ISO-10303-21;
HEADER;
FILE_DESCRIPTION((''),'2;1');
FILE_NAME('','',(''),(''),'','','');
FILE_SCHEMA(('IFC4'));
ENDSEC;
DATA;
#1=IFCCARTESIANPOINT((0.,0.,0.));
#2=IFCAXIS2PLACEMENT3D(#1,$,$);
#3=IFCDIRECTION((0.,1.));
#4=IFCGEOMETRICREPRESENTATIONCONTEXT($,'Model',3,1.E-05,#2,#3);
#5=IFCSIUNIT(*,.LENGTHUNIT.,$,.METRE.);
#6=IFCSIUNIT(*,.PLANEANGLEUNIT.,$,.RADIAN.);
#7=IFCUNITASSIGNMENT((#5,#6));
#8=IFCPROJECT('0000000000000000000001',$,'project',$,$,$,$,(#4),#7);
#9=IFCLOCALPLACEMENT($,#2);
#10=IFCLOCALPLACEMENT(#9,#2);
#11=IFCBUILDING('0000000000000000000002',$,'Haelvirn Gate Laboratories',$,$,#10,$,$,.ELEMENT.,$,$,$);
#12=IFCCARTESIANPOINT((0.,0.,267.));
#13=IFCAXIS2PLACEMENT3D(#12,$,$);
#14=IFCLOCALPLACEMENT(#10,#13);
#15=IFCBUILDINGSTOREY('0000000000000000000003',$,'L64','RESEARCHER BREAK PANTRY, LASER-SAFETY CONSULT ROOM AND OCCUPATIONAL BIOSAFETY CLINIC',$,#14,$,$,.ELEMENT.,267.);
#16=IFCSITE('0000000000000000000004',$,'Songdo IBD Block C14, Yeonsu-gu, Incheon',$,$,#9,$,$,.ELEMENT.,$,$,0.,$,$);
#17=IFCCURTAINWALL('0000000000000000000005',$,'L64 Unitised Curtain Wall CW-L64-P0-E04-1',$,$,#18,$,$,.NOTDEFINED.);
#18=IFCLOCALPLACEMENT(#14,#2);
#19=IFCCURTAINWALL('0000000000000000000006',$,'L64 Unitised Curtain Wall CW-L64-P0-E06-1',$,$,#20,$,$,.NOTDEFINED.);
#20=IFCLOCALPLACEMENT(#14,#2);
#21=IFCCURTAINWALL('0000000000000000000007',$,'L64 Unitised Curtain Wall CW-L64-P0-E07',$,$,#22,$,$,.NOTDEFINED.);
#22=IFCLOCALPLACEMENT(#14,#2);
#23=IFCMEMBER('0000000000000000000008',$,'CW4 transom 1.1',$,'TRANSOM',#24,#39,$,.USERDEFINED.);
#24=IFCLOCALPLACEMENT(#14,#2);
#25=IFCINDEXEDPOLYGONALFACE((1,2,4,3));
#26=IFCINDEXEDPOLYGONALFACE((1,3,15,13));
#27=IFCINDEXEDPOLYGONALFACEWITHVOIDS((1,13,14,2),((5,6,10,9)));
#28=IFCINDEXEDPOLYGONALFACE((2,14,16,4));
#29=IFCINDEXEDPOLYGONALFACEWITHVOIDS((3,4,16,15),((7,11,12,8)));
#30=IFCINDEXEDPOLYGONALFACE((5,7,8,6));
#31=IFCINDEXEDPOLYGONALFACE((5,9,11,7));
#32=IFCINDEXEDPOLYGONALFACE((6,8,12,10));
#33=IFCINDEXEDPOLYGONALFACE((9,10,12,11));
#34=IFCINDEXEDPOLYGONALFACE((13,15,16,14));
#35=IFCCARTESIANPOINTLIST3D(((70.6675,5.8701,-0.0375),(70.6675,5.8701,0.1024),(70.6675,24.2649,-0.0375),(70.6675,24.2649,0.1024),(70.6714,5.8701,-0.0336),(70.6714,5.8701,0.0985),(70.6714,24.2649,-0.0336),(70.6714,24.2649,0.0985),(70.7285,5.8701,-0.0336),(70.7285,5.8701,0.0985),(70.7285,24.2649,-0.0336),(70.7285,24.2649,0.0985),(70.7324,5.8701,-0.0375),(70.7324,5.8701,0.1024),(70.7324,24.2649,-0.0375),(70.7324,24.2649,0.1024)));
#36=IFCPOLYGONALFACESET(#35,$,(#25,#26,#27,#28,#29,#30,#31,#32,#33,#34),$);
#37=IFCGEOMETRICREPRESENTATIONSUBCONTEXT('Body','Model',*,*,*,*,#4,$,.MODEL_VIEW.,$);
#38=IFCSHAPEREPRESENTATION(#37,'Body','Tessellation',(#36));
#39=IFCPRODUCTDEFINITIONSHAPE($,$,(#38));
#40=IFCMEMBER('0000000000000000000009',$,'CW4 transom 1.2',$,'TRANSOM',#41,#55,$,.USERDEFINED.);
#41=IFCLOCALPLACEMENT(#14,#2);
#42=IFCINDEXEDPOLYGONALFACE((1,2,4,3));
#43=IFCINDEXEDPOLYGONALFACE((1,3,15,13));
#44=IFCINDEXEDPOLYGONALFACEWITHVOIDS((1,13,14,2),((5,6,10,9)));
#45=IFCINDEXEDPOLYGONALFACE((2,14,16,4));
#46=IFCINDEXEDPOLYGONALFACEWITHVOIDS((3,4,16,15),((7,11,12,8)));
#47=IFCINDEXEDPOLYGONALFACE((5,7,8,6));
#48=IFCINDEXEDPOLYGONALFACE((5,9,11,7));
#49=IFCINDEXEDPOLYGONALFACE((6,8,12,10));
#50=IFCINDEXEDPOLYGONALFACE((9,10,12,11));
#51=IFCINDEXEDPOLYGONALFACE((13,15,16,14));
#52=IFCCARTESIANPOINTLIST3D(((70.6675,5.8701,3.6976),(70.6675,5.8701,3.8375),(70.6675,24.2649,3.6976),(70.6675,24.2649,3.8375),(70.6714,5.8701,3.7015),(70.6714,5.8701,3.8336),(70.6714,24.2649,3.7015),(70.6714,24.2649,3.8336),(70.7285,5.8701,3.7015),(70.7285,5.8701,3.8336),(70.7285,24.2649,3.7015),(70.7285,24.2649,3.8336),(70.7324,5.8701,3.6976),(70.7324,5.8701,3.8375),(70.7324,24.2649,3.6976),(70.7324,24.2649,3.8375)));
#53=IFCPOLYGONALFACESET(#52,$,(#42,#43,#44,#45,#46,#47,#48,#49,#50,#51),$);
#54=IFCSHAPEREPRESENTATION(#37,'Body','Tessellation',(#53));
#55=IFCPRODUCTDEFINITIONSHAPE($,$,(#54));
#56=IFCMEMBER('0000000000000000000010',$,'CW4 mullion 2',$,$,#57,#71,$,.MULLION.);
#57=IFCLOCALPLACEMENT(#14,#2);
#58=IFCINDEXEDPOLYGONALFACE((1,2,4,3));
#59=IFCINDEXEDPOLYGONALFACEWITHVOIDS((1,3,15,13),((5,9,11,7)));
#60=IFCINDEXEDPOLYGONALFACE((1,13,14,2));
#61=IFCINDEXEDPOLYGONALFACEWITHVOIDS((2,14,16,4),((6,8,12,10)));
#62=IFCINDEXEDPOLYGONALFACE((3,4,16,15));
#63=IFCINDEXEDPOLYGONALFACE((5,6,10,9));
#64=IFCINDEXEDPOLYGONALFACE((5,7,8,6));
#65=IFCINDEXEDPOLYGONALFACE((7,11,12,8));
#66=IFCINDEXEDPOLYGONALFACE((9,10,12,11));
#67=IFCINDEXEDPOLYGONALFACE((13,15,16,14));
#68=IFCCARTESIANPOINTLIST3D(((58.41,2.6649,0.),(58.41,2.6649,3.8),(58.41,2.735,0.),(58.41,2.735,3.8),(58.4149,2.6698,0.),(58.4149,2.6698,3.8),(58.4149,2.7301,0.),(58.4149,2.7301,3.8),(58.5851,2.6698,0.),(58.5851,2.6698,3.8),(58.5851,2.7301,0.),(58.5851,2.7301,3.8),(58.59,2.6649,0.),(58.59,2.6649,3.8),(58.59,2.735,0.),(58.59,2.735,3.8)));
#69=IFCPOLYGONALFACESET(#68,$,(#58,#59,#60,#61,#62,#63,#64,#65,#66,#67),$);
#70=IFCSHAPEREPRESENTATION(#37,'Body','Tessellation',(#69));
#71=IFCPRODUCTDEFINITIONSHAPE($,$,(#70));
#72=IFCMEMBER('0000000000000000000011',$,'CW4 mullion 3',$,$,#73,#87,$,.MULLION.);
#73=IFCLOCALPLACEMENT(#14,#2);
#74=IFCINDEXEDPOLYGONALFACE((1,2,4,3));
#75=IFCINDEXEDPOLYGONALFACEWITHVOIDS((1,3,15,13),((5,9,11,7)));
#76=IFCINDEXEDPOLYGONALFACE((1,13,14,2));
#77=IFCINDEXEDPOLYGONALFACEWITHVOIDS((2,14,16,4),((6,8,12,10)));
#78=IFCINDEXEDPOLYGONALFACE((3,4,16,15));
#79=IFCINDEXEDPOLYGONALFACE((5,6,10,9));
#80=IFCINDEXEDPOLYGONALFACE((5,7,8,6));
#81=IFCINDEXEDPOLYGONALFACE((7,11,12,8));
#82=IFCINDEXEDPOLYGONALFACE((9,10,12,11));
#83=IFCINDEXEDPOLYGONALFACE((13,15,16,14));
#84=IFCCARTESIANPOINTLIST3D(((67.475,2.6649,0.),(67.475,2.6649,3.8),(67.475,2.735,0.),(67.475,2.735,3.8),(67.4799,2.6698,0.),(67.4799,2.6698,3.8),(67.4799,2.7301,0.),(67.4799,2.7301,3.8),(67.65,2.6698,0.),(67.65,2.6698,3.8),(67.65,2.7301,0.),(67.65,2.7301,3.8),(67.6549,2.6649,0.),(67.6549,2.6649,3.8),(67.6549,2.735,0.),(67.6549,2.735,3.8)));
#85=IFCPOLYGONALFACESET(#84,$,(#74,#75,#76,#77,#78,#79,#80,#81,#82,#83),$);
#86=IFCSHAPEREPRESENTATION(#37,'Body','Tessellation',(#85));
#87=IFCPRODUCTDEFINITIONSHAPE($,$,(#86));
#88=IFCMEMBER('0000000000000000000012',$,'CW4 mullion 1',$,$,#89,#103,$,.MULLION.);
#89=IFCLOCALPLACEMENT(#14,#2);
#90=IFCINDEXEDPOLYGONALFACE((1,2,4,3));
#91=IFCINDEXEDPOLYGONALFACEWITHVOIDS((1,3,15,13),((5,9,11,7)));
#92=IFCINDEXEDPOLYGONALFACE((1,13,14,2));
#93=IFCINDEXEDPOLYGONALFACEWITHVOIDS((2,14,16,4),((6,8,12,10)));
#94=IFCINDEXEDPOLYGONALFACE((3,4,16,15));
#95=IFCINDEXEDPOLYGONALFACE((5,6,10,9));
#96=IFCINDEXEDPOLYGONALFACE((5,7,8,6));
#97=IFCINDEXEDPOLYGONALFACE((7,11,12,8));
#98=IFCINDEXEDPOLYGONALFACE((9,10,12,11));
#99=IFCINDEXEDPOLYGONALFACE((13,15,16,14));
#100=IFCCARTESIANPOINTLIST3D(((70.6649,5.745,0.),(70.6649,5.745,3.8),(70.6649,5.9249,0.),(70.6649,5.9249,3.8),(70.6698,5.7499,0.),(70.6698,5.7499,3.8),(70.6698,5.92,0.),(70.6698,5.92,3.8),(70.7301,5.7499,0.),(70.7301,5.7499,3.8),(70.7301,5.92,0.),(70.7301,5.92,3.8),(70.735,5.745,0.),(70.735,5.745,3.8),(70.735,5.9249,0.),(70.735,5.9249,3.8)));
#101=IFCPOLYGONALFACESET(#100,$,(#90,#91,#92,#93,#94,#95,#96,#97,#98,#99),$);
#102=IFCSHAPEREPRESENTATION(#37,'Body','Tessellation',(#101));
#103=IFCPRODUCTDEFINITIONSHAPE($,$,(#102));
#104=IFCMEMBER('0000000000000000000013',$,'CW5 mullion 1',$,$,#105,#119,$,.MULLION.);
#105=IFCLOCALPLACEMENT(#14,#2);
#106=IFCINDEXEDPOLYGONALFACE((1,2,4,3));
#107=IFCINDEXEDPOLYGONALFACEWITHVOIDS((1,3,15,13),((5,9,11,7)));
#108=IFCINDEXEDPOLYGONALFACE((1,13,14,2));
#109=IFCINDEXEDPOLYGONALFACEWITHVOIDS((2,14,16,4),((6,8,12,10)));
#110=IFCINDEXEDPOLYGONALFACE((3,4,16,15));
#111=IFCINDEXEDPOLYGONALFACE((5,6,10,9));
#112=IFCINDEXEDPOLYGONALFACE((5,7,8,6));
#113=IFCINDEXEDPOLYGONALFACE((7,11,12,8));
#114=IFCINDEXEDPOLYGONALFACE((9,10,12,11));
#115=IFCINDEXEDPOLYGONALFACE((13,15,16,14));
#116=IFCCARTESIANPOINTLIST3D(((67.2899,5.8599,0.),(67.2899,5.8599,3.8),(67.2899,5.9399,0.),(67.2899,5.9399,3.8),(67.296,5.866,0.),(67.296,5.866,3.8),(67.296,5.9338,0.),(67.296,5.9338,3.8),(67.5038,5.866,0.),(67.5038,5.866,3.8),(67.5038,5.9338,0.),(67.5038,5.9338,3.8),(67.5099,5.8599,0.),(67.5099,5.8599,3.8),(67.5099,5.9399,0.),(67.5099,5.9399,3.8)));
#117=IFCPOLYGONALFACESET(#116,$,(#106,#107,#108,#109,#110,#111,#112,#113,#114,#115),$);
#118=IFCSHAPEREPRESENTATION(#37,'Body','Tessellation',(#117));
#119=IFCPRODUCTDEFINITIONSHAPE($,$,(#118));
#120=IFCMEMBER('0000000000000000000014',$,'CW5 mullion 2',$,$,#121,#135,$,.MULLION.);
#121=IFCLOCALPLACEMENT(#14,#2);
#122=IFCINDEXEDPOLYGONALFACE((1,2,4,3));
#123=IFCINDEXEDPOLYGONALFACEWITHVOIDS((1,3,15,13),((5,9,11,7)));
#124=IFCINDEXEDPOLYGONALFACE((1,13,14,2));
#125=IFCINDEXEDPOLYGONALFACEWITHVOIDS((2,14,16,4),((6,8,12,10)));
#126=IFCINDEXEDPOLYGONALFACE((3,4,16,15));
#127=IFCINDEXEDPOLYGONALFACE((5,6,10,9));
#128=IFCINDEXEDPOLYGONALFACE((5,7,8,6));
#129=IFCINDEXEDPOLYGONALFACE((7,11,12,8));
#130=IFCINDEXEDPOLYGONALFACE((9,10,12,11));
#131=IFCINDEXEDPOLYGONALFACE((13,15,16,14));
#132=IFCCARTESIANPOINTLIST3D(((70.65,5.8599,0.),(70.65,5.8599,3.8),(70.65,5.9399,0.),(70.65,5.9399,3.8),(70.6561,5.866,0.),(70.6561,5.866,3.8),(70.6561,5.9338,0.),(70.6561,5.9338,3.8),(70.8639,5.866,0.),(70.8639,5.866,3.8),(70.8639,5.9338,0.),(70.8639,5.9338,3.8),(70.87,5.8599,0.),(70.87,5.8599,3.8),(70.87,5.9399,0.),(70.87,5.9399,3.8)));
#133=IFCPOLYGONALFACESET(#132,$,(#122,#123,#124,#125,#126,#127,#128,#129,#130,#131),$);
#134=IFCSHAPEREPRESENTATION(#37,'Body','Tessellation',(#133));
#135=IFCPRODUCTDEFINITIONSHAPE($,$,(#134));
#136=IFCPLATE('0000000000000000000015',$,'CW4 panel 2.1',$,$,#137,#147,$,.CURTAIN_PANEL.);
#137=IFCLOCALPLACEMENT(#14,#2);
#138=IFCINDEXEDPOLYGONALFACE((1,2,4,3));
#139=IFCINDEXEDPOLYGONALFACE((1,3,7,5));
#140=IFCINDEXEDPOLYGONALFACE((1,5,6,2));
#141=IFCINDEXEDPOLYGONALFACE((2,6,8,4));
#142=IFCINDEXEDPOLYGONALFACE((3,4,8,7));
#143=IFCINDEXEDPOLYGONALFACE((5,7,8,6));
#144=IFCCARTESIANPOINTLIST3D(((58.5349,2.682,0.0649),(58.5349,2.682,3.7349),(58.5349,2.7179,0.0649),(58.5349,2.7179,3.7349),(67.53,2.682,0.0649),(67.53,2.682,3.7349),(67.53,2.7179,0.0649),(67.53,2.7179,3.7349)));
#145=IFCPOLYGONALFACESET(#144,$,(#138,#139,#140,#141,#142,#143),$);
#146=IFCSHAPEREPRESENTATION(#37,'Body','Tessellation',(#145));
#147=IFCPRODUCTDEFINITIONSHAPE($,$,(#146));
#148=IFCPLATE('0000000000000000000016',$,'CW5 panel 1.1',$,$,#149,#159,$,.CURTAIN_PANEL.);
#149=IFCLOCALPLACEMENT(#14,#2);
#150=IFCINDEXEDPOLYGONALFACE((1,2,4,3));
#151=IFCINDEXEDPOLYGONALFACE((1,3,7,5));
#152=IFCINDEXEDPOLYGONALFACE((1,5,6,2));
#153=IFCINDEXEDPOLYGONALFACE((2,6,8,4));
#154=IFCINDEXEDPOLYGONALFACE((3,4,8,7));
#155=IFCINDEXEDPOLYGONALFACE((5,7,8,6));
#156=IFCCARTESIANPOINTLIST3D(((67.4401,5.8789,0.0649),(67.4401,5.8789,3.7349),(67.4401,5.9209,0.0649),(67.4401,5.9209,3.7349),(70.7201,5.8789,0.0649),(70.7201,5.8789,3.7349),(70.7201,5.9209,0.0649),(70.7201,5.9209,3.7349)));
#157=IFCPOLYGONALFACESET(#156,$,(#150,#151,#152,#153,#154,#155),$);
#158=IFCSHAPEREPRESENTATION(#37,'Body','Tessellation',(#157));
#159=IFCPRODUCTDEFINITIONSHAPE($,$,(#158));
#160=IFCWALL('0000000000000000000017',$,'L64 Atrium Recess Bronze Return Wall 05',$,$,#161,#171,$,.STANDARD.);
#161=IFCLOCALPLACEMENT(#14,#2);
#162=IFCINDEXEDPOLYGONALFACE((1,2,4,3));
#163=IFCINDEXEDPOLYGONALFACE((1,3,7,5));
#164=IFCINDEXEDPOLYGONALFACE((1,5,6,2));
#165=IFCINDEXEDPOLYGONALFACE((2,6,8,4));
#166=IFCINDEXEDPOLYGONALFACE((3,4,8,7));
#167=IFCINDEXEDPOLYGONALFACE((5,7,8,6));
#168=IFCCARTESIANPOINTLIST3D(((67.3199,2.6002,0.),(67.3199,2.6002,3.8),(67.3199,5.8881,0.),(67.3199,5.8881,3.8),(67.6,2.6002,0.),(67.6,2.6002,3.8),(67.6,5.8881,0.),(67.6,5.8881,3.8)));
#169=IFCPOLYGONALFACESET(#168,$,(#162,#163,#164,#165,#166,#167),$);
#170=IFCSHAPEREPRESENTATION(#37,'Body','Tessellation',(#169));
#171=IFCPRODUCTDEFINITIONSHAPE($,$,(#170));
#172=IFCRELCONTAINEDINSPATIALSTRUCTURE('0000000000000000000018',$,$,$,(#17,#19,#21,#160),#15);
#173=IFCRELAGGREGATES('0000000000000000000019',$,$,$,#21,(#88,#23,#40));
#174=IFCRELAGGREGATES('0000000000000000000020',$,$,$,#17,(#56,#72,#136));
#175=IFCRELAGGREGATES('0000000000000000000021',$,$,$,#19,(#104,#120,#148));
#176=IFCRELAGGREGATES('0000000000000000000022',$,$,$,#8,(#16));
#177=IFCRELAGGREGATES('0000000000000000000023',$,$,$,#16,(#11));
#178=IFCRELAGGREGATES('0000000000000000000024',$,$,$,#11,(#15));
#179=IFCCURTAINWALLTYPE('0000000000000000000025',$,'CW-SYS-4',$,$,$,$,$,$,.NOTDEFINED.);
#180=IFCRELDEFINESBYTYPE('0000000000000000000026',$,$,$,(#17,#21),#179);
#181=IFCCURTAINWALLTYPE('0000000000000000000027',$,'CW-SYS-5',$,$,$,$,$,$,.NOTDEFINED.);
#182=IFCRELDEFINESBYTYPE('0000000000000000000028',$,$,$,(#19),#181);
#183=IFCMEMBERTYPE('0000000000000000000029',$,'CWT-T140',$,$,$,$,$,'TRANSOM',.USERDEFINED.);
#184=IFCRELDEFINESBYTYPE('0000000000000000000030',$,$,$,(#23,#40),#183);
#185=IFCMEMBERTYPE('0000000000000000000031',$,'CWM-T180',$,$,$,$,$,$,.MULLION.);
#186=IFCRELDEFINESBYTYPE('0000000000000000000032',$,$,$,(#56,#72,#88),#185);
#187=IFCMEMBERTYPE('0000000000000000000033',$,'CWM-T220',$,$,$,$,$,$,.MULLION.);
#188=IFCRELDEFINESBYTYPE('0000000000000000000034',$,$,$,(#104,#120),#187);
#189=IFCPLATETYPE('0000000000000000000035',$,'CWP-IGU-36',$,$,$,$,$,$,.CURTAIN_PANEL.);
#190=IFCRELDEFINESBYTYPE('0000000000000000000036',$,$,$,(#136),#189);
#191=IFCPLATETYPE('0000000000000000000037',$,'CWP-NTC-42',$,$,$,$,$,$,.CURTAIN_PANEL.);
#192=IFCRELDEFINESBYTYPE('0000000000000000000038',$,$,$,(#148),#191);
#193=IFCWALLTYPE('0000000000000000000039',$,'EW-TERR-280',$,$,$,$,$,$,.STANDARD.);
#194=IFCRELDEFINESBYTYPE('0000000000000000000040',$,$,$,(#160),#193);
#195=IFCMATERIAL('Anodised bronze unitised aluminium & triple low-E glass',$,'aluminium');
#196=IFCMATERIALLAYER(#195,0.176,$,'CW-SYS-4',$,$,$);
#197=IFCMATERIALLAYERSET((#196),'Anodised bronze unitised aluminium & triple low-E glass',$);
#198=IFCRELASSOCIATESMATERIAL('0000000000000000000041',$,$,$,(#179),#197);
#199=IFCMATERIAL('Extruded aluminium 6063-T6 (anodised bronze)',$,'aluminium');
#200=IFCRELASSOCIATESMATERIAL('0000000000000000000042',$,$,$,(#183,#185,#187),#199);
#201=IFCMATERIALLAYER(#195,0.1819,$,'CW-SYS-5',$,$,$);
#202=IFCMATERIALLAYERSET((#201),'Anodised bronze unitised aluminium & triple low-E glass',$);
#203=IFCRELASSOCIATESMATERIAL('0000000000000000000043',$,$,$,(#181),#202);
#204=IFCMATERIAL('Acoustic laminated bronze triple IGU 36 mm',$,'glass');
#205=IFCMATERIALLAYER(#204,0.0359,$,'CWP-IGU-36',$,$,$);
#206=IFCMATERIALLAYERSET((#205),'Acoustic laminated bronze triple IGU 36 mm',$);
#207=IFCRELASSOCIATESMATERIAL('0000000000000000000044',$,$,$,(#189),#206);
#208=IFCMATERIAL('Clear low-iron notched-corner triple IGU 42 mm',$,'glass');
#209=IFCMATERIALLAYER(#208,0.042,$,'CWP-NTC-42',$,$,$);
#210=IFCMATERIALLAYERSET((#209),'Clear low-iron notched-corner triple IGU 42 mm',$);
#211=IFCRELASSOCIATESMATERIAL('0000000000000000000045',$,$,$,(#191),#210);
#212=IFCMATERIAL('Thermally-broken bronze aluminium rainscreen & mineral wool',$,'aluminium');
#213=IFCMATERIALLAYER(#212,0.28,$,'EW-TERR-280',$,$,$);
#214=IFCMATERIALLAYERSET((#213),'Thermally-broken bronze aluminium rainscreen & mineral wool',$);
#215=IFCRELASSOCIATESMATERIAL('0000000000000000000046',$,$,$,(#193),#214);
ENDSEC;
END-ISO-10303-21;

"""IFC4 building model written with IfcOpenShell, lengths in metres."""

from ifc_helpers import new_model, si_unit, direction, frame, frame_2d, origin, origin_2d, place, context, subcontext, project, spatial, rectangle, hollow_rectangle, extrude, source, transform, mapped, material, layer, layer_set, material_profile, profile_set, type_object, type_shapes, element, aggregate, save


model = new_model("IFC4")

# Units and contexts
model_context = context("Model", 3, precision=1e-05, world=origin(), true_north=direction((0.0, 1.0)))
body_context = subcontext(model_context, "Body", "Model", "MODEL_VIEW")
ifc_project = project(units=[si_unit("LENGTHUNIT", "METRE"), si_unit("PLANEANGLEUNIT", "RADIAN")], contexts=[model_context])

# Site, building, storey
site_placement = place(None, origin())
site = spatial("IfcSite", under=ifc_project, at=site_placement, Name="Songdo IBD Block C14, Yeonsu-gu, Incheon", CompositionType="ELEMENT", RefElevation=0.0)
building_placement = place(site_placement, origin())
building = spatial("IfcBuilding", under=site, at=building_placement, Name="Haelvirn Gate Laboratories", CompositionType="ELEMENT")
storey_placement = place(building_placement, frame((0.0, 0.0, 267.0)))
storey = spatial("IfcBuildingStorey", under=building, at=storey_placement, Name="L64", Description="RESEARCHER BREAK PANTRY, LASER-SAFETY CONSULT ROOM AND OCCUPATIONAL BIOSAFETY CLINIC", CompositionType="ELEMENT", Elevation=267.0)

# Curtain walls, members
ifc_material_1 = material(Name="Anodised bronze unitised aluminium & triple low-E glass", Category="aluminium")
ifc_layer_1 = layer(ifc_material_1, 0.176, Name="CW-SYS-4")
ifc_layer_set_1 = layer_set([ifc_layer_1], Name="Anodised bronze unitised aluminium & triple low-E glass")
curtain_wall_type_1 = type_object("IfcCurtainWallType", Name="CW-SYS-4", PredefinedType="NOTDEFINED", material=ifc_layer_set_1)
curtain_wall_1_placement = place(storey_placement, origin())
curtain_wall_1 = element("IfcCurtainWall", 1, at=curtain_wall_1_placement, inside=storey, type_object=curtain_wall_type_1, Name="L64 Unitised Curtain Wall CW-L64-P0-E04-1", PredefinedType="NOTDEFINED")
ifc_material_2 = material(Name="Extruded aluminium 6063-T6 (anodised bronze)", Category="aluminium")
ifc_material_profile_1 = material_profile(ifc_material_2, hollow_rectangle(XDim=0.0649, YDim=0.1399, WallThickness=0.0039, at=origin_2d()), Name="CWT-140x65x4")
ifc_profile_set_1 = profile_set([ifc_material_profile_1], Name="Extruded aluminium 6063-T6 (anodised bronze)")
member_type_1 = type_object("IfcMemberType", Name="CWT-T140", ElementType="TRANSOM", PredefinedType="USERDEFINED", material=ifc_profile_set_1)
ifc_layer_2 = layer(ifc_material_1, 0.1819, Name="CW-SYS-5")
ifc_layer_set_2 = layer_set([ifc_layer_2], Name="Anodised bronze unitised aluminium & triple low-E glass")
curtain_wall_type_2 = type_object("IfcCurtainWallType", Name="CW-SYS-5", PredefinedType="NOTDEFINED", material=ifc_layer_set_2)
curtain_wall_2_placement = place(storey_placement, origin())
curtain_wall_2 = element("IfcCurtainWall", 2, at=curtain_wall_2_placement, inside=storey, type_object=curtain_wall_type_2, Name="L64 Unitised Curtain Wall CW-L64-P0-E06-1", PredefinedType="NOTDEFINED")
curtain_wall_3_placement = place(storey_placement, origin())
curtain_wall_3 = element("IfcCurtainWall", 3, at=curtain_wall_3_placement, inside=storey, type_object=curtain_wall_type_1, Name="L64 Unitised Curtain Wall CW-L64-P0-E07", PredefinedType="NOTDEFINED")
shared_shape_1 = source(origin(), body_context, "Body", "SweptSolid", [
    extrude(hollow_rectangle(XDim=0.0649, YDim=0.1399, WallThickness=0.0039, at=origin_2d()), origin(), (0.0, 0.0, 1.0), 18.3948),
])
member_1_placement = place(storey_placement, frame((70.7, 5.8701, 0.0325), z_axis=(0.0, 1.0, 0.0), x_axis=(-1.0, 0.0, 0.0)))
member_1 = element("IfcMember", 4, at=member_1_placement, type_object=member_type_1, Name="CW4 transom 1.1", ObjectType="TRANSOM", PredefinedType="USERDEFINED", context=body_context, shape_type="MappedRepresentation", body=[
    mapped(shared_shape_1, transform((0.0, 0.0, 0.0), scale=1.0)),
])
member_2_placement = place(storey_placement, frame((70.7, 5.8701, 3.7676), z_axis=(0.0, 1.0, 0.0), x_axis=(-1.0, 0.0, 0.0)))
member_2 = element("IfcMember", 5, at=member_2_placement, type_object=member_type_1, Name="CW4 transom 1.2", ObjectType="TRANSOM", PredefinedType="USERDEFINED", context=body_context, shape_type="MappedRepresentation", body=[
    mapped(shared_shape_1, transform((0.0, 0.0, 0.0), scale=1.0)),
])

# Members
ifc_material_profile_2 = material_profile(ifc_material_2, hollow_rectangle(XDim=0.0701, YDim=0.1799, WallThickness=0.0049, at=origin_2d()), Name="CWM-180x70x5")
ifc_profile_set_2 = profile_set([ifc_material_profile_2], Name="Extruded aluminium 6063-T6 (anodised bronze)")
member_type_2 = type_object("IfcMemberType", Name="CWM-T180", PredefinedType="MULLION", material=ifc_profile_set_2)
shared_shape_2 = source(origin(), body_context, "Body", "SweptSolid", [
    extrude(hollow_rectangle(XDim=0.0701, YDim=0.1799, WallThickness=0.0049, at=origin_2d()), origin(), (0.0, 0.0, 1.0), 3.8),
])
type_shapes(member_type_2, [shared_shape_2])
member_3_placement = place(storey_placement, frame((58.5, 2.7, 0.0), z_axis=(0.0, 0.0, 1.0), x_axis=(0.0, 1.0, 0.0)))
member_3 = element("IfcMember", 6, at=member_3_placement, type_object=member_type_2, Name="CW4 mullion 2", PredefinedType="MULLION", context=body_context, shape_type="MappedRepresentation", body=[
    mapped(shared_shape_2, transform((0.0, 0.0, 0.0), scale=1.0)),
])
member_4_placement = place(storey_placement, frame((67.5649, 2.7, 0.0), z_axis=(0.0, 0.0, 1.0), x_axis=(0.0, 1.0, 0.0)))
member_4 = element("IfcMember", 7, at=member_4_placement, type_object=member_type_2, Name="CW4 mullion 3", PredefinedType="MULLION", context=body_context, shape_type="MappedRepresentation", body=[
    mapped(shared_shape_2, transform((0.0, 0.0, 0.0), scale=1.0)),
])
member_5_placement = place(storey_placement, frame((70.7, 5.835, 0.0), z_axis=(0.0, 0.0, 1.0), x_axis=(-1.0, 0.0, 0.0)))
member_5 = element("IfcMember", 8, at=member_5_placement, type_object=member_type_2, Name="CW4 mullion 1", PredefinedType="MULLION", context=body_context, shape_type="MappedRepresentation", body=[
    mapped(shared_shape_2, transform((0.0, 0.0, 0.0), scale=1.0)),
])
aggregate(curtain_wall_3, [member_5, member_1, member_2])
ifc_material_profile_3 = material_profile(ifc_material_2, hollow_rectangle(XDim=0.0801, YDim=0.22, WallThickness=0.0061, at=origin_2d()), Name="CWM-220x80x6")
ifc_profile_set_3 = profile_set([ifc_material_profile_3], Name="Extruded aluminium 6063-T6 (anodised bronze)")
member_type_3 = type_object("IfcMemberType", Name="CWM-T220", PredefinedType="MULLION", material=ifc_profile_set_3)
shared_shape_3 = source(origin(), body_context, "Body", "SweptSolid", [
    extrude(hollow_rectangle(XDim=0.0801, YDim=0.22, WallThickness=0.0061, at=origin_2d()), origin(), (0.0, 0.0, 1.0), 3.8),
])
type_shapes(member_type_3, [shared_shape_3])
member_6_placement = place(storey_placement, frame((67.3999, 5.8999, 0.0), z_axis=(0.0, 0.0, 1.0), x_axis=(0.0, 1.0, 0.0)))
member_6 = element("IfcMember", 9, at=member_6_placement, type_object=member_type_3, Name="CW5 mullion 1", PredefinedType="MULLION", context=body_context, shape_type="MappedRepresentation", body=[
    mapped(shared_shape_3, transform((0.0, 0.0, 0.0), scale=1.0)),
])
member_7_placement = place(storey_placement, frame((70.76, 5.8999, 0.0), z_axis=(0.0, 0.0, 1.0), x_axis=(0.0, 1.0, 0.0)))
member_7 = element("IfcMember", 10, at=member_7_placement, type_object=member_type_3, Name="CW5 mullion 2", PredefinedType="MULLION", context=body_context, shape_type="MappedRepresentation", body=[
    mapped(shared_shape_3, transform((0.0, 0.0, 0.0), scale=1.0)),
])

# Plates
ifc_material_3 = material(Name="Acoustic laminated bronze triple IGU 36 mm", Category="glass")
ifc_layer_3 = layer(ifc_material_3, 0.0359, Name="CWP-IGU-36")
ifc_layer_set_3 = layer_set([ifc_layer_3], Name="Acoustic laminated bronze triple IGU 36 mm")
plate_type_1 = type_object("IfcPlateType", Name="CWP-IGU-36", PredefinedType="CURTAIN_PANEL", material=ifc_layer_set_3)
shared_shape_4 = source(origin(), body_context, "Body", "SweptSolid", [
    extrude(rectangle(XDim=8.9951, YDim=0.0359, at=origin_2d()), origin(), (0.0, 0.0, 1.0), 3.6699),
])
type_shapes(plate_type_1, [shared_shape_4])
plate_1_placement = place(storey_placement, frame((63.0325, 2.7, 0.0649), z_axis=(0.0, 0.0, 1.0), x_axis=(1.0, 0.0, 0.0)))
plate_1 = element("IfcPlate", 11, at=plate_1_placement, type_object=plate_type_1, Name="CW4 panel 2.1", PredefinedType="CURTAIN_PANEL", context=body_context, shape_type="MappedRepresentation", body=[
    mapped(shared_shape_4, transform((0.0, 0.0, 0.0), scale=1.0)),
])
aggregate(curtain_wall_1, [member_3, member_4, plate_1])
ifc_material_4 = material(Name="Clear low-iron notched-corner triple IGU 42 mm", Category="glass")
ifc_layer_4 = layer(ifc_material_4, 0.042, Name="CWP-NTC-42")
ifc_layer_set_4 = layer_set([ifc_layer_4], Name="Clear low-iron notched-corner triple IGU 42 mm")
plate_type_2 = type_object("IfcPlateType", Name="CWP-NTC-42", PredefinedType="CURTAIN_PANEL", material=ifc_layer_set_4)
shared_shape_5 = source(origin(), body_context, "Body", "SweptSolid", [
    extrude(rectangle(XDim=3.28, YDim=0.042, at=origin_2d()), origin(), (0.0, 0.0, 1.0), 3.6699),
])
type_shapes(plate_type_2, [shared_shape_5])
plate_2_placement = place(storey_placement, frame((69.0801, 5.8999, 0.0649), z_axis=(0.0, 0.0, 1.0), x_axis=(1.0, 0.0, 0.0)))
plate_2 = element("IfcPlate", 12, at=plate_2_placement, type_object=plate_type_2, Name="CW5 panel 1.1", PredefinedType="CURTAIN_PANEL", context=body_context, shape_type="MappedRepresentation", body=[
    mapped(shared_shape_5, transform((0.0, 0.0, 0.0), scale=1.0)),
])
aggregate(curtain_wall_2, [member_6, member_7, plate_2])

# Wall
ifc_material_5 = material(Name="Thermally-broken bronze aluminium rainscreen & mineral wool", Category="aluminium")
ifc_layer_5 = layer(ifc_material_5, 0.28, Name="EW-TERR-280")
ifc_layer_set_5 = layer_set([ifc_layer_5], Name="Thermally-broken bronze aluminium rainscreen & mineral wool")
wall_type = type_object("IfcWallType", Name="EW-TERR-280", PredefinedType="STANDARD", material=ifc_layer_set_5)
wall_placement = place(storey_placement, frame((67.46, 2.6001, 0.0), z_axis=(0.0, 0.0, 1.0), x_axis=(0.0, 1.0, 0.0)))
element("IfcWall", 13, at=wall_placement, inside=storey, type_object=wall_type, Name="L64 Atrium Recess Bronze Return Wall 05", PredefinedType="STANDARD", context=body_context, shape_type="SweptSolid", body=[
    extrude(rectangle(XDim=3.2878, YDim=0.28, at=frame_2d((1.644, 0.0))), origin(), (0.0, 0.0, 1.0), 3.8),
])

save(model, "model.ifc")
